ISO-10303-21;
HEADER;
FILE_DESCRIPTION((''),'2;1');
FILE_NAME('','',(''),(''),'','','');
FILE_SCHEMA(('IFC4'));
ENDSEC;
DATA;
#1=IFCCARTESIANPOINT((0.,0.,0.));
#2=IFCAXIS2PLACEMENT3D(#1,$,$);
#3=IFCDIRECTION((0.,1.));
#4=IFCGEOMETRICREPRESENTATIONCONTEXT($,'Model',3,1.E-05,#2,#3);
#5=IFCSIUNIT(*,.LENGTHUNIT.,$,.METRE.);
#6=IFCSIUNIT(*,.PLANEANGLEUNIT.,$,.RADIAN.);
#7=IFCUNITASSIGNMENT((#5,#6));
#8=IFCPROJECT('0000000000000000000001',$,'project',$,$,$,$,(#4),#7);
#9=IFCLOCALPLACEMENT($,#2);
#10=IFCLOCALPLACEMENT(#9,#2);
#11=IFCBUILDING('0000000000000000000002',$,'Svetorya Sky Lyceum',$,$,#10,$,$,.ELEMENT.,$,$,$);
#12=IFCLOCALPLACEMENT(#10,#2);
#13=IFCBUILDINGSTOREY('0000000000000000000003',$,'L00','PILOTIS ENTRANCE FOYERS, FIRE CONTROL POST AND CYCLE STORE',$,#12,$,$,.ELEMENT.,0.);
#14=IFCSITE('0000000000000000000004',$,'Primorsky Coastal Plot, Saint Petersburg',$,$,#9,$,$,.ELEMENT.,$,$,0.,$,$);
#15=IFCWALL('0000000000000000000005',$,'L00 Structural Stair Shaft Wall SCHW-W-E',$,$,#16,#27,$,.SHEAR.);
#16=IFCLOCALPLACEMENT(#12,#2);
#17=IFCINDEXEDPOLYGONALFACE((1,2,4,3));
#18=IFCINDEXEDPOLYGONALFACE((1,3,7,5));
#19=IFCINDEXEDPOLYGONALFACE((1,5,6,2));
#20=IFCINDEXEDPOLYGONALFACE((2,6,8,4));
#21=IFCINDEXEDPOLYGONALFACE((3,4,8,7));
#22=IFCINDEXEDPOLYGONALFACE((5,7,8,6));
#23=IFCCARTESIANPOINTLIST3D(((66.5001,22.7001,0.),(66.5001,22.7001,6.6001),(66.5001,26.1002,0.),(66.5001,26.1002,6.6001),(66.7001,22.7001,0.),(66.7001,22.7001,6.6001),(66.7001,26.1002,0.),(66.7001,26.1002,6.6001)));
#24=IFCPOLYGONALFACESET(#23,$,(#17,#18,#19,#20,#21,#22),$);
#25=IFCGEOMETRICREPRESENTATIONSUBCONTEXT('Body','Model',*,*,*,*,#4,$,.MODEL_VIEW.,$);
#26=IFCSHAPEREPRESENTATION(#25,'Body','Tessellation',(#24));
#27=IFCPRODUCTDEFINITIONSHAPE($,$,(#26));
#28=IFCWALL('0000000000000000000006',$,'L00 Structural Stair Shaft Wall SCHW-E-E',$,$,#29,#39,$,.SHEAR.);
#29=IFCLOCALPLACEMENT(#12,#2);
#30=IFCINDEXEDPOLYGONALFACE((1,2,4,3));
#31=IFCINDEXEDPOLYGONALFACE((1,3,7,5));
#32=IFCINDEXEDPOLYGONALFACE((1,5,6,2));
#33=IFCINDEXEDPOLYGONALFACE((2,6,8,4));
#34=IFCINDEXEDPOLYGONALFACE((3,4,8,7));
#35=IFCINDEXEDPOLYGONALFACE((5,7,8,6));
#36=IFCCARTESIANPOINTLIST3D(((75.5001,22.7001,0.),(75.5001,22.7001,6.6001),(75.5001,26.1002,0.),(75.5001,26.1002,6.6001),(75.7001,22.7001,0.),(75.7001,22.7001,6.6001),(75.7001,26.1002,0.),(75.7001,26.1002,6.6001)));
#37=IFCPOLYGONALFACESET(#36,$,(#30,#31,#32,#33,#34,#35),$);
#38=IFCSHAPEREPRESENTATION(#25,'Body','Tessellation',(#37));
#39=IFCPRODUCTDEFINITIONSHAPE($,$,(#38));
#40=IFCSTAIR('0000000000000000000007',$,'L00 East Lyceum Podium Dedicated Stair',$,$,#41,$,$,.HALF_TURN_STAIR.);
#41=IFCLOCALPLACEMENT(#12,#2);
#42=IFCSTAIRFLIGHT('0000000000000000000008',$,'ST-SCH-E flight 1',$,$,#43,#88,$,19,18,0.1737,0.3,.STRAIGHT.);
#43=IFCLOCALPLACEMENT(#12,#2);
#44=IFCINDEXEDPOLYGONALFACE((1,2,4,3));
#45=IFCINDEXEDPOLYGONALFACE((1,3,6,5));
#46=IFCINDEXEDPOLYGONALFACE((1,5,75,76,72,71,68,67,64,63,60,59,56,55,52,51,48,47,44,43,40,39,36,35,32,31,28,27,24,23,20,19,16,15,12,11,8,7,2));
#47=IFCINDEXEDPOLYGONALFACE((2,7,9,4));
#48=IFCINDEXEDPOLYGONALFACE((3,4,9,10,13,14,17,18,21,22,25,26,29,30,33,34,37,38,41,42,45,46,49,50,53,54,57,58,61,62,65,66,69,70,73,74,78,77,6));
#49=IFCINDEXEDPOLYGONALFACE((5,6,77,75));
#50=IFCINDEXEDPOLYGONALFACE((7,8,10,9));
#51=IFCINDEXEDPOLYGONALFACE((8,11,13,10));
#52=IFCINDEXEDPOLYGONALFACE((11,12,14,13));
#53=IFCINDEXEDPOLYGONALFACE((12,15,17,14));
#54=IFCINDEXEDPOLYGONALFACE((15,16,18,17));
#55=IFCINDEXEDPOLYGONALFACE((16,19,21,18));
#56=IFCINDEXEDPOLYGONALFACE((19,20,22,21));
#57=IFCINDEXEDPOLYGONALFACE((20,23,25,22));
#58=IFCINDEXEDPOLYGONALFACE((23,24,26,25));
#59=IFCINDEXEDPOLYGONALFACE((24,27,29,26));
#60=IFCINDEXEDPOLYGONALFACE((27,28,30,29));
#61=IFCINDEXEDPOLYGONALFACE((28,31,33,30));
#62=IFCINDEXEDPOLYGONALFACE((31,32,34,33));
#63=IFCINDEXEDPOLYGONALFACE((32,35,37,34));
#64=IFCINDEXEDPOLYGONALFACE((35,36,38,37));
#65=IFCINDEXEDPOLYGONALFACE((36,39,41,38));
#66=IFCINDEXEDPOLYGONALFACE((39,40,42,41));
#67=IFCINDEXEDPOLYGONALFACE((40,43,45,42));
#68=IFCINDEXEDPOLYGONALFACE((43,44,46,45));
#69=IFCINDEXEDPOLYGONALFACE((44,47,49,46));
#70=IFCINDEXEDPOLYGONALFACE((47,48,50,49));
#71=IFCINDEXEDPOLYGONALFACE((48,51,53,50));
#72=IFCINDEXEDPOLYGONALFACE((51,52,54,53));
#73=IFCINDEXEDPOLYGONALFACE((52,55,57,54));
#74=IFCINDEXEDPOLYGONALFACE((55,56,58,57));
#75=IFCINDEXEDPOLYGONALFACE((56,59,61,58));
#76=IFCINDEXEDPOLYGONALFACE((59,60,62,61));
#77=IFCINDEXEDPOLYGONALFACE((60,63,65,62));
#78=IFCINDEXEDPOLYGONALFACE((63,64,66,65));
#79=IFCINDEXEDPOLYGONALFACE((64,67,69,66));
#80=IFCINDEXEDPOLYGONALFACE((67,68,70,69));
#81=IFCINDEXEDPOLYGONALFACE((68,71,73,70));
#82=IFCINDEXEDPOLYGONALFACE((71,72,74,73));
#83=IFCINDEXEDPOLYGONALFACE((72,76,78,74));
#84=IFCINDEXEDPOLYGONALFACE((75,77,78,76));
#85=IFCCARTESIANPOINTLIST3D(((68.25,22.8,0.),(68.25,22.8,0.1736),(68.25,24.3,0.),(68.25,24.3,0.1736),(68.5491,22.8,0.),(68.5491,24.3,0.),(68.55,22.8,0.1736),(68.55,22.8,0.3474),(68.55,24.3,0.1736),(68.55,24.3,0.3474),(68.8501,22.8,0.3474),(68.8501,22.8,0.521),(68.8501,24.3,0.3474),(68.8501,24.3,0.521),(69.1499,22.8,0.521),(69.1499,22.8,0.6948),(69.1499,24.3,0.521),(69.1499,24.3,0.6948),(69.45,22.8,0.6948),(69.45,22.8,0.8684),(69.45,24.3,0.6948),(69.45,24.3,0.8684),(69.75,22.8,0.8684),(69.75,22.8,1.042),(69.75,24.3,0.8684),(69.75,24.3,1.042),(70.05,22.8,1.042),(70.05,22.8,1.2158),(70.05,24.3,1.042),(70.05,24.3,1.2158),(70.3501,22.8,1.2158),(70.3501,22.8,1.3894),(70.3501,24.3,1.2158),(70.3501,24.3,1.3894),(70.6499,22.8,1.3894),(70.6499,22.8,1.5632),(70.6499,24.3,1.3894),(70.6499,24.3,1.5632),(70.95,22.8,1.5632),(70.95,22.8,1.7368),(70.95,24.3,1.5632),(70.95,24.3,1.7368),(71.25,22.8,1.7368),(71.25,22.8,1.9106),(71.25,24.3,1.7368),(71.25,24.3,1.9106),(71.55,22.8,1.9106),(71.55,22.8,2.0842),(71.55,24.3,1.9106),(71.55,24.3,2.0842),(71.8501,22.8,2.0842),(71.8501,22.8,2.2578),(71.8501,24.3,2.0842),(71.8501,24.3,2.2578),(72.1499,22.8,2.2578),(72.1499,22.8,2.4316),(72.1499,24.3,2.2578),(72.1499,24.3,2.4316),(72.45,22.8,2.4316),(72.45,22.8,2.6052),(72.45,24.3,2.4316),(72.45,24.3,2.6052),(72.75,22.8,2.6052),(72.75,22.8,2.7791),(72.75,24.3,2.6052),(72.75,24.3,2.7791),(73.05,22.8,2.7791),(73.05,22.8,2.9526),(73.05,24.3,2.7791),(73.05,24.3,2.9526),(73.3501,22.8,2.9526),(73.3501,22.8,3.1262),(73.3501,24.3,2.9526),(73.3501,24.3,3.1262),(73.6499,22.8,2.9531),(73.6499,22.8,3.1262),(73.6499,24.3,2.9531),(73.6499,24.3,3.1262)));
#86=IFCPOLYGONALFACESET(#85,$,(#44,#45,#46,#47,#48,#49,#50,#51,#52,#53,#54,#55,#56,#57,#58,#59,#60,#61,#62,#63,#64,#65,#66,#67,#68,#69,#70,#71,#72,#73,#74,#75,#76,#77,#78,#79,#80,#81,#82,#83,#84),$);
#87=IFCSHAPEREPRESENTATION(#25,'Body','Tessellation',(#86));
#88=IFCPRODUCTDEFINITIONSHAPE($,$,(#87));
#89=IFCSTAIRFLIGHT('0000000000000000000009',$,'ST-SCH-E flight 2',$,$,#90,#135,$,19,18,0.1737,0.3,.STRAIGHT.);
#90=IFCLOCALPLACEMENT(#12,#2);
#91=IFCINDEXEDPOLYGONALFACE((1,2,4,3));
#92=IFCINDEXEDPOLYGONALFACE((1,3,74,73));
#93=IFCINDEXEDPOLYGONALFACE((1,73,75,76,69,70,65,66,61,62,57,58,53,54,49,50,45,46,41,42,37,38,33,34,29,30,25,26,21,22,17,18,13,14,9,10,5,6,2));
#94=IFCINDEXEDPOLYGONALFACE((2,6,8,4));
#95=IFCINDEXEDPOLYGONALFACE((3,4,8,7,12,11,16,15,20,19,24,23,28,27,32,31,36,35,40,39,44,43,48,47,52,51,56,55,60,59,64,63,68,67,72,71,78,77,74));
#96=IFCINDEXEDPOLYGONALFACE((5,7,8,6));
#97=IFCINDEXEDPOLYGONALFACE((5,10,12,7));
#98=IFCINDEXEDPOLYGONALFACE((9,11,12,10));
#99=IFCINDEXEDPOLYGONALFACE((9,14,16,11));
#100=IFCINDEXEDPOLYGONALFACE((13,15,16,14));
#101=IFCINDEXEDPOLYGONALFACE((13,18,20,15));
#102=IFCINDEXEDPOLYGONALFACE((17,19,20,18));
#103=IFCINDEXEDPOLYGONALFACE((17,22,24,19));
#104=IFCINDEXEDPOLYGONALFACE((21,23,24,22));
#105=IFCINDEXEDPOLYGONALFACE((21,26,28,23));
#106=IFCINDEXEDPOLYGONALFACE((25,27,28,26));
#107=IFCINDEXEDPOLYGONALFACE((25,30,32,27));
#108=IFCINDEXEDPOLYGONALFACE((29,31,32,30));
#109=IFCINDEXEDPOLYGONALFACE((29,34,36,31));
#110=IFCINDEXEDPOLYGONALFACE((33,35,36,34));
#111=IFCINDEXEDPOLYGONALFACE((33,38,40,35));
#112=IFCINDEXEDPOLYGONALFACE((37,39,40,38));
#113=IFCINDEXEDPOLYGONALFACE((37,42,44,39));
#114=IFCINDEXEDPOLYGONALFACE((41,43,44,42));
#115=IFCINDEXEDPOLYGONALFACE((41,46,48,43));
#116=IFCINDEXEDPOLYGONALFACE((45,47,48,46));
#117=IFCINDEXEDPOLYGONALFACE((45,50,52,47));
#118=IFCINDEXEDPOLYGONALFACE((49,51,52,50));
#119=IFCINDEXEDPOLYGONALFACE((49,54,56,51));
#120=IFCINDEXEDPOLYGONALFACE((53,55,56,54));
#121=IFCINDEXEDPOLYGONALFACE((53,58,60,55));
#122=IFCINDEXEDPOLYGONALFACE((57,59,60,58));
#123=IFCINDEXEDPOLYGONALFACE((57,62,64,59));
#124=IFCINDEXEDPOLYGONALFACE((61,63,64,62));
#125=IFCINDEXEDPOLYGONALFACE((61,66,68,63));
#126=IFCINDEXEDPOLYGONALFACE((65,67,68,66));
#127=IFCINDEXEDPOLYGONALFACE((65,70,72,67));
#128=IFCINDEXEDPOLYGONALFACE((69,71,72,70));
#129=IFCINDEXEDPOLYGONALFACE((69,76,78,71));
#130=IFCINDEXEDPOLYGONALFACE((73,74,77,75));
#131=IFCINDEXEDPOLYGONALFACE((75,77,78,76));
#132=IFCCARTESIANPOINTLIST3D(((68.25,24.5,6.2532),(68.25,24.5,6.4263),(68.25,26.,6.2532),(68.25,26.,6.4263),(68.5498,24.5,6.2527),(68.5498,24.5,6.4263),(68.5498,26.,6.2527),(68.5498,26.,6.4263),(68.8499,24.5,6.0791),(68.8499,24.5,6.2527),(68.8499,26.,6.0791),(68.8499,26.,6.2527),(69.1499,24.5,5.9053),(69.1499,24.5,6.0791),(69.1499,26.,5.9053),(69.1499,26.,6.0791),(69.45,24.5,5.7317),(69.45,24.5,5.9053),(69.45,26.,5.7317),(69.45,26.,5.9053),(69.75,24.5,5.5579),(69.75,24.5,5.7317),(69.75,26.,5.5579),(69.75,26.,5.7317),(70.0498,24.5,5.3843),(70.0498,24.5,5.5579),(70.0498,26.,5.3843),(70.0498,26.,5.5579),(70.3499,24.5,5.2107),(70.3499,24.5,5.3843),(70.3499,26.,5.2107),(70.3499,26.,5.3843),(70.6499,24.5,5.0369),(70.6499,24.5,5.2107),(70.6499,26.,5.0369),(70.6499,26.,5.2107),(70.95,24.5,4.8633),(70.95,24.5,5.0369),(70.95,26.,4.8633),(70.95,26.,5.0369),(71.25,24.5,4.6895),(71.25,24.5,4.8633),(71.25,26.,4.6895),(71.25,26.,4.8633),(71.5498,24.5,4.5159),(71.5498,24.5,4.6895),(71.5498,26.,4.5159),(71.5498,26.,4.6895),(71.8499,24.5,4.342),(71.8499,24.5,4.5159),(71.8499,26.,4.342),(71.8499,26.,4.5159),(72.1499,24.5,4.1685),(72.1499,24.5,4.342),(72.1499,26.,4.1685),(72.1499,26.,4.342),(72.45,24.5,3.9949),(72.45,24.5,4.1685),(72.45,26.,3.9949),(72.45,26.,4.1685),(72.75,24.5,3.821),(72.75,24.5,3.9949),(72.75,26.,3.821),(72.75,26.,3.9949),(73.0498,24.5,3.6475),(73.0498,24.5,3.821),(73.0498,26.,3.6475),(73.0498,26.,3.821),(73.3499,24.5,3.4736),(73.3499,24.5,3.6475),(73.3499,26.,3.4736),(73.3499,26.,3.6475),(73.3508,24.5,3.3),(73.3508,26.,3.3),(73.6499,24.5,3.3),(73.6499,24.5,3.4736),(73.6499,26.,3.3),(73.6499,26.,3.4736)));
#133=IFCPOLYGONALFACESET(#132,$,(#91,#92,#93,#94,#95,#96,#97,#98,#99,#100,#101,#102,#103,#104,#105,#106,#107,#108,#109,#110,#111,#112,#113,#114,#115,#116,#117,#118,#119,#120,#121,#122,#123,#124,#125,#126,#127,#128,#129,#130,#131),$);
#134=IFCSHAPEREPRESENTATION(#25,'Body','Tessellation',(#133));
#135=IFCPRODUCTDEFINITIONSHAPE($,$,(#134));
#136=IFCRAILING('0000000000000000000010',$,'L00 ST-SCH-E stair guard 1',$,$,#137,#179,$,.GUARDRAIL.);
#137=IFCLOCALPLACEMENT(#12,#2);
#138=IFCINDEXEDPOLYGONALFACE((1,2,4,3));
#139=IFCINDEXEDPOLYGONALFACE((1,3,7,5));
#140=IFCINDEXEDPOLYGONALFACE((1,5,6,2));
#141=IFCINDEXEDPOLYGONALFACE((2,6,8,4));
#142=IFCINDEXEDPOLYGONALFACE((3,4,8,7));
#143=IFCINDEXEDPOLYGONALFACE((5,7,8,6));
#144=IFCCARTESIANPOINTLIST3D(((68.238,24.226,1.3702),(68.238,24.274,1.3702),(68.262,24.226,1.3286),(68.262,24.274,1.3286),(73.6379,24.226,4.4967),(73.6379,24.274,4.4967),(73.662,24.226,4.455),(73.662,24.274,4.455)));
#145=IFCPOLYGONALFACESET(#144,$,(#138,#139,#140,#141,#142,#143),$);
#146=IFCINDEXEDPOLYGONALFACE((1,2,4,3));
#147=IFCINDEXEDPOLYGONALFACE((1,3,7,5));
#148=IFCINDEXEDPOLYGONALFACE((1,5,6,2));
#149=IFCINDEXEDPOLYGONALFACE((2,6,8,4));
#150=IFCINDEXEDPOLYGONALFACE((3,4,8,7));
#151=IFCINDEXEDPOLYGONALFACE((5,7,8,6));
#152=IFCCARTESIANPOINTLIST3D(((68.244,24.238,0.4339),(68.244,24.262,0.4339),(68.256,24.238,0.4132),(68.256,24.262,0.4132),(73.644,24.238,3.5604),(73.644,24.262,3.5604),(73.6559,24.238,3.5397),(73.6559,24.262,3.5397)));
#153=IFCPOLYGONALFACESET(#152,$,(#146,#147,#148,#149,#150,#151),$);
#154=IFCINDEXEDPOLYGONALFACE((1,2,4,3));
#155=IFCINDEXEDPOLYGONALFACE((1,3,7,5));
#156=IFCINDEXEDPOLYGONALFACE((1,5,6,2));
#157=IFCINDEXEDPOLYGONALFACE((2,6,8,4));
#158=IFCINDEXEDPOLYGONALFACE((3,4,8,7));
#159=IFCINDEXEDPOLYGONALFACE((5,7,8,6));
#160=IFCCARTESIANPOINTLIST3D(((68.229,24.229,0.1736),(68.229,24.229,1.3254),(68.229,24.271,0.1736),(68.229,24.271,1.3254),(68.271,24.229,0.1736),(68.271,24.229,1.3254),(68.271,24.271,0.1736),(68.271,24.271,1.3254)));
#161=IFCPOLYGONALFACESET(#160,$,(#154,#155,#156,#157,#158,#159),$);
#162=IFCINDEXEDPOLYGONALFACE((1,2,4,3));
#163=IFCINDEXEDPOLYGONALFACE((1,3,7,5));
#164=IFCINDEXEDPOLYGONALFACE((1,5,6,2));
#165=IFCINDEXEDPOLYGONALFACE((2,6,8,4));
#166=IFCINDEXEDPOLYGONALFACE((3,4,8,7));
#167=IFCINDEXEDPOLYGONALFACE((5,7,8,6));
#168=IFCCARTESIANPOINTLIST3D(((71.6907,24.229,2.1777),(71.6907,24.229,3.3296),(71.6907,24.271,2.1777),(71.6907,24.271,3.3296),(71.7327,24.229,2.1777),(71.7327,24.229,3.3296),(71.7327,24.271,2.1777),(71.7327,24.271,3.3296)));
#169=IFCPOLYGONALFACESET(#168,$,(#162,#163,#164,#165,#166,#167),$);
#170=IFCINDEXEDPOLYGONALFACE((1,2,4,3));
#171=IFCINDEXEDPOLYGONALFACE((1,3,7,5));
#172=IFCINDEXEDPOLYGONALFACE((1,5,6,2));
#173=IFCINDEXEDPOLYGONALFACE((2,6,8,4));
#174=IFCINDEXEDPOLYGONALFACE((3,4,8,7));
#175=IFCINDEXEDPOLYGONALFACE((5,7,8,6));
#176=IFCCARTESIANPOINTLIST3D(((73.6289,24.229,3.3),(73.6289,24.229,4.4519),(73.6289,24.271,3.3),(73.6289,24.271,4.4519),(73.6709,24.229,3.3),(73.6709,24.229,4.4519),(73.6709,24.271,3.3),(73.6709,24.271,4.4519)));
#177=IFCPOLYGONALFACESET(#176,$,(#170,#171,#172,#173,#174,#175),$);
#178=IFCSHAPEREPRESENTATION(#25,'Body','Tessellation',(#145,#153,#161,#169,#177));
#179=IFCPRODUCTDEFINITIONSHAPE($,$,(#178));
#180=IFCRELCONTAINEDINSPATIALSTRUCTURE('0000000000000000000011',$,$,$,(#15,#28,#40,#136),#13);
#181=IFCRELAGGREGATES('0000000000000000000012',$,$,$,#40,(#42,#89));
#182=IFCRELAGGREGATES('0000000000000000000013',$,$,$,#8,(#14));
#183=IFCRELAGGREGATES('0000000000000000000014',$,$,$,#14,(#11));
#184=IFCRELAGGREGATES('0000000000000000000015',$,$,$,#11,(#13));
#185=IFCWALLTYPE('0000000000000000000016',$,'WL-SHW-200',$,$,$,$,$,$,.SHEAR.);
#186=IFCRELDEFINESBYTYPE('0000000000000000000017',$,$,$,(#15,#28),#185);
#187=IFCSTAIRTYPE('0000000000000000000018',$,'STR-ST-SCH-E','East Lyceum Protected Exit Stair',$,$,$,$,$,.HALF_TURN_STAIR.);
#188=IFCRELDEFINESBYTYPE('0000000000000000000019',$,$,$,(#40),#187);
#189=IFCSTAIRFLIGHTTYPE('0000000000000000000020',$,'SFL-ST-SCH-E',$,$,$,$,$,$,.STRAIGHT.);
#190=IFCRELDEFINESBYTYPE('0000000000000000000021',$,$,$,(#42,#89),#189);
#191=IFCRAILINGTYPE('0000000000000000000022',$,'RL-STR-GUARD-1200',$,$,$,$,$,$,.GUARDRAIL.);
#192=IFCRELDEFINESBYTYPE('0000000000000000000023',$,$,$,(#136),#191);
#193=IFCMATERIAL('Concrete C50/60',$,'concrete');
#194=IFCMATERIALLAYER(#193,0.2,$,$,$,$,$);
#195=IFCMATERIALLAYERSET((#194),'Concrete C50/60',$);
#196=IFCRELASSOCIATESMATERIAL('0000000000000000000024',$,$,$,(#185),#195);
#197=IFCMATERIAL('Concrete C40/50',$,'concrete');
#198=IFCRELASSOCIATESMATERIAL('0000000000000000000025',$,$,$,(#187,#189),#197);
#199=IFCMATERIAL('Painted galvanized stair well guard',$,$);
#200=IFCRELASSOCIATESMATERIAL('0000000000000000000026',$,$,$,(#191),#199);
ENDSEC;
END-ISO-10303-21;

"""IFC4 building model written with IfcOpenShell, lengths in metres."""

from ifc_helpers import new_model, si_unit, direction, frame, frame_2d, origin, origin_2d, place, context, subcontext, project, spatial, polyline, rectangle, outline, extrude, material, layer, layer_set, type_object, element, aggregate, save


model = new_model("IFC4")

# Units and contexts
model_context = context("Model", 3, precision=1e-05, world=origin(), true_north=direction((0.0, 1.0)))
body_context = subcontext(model_context, "Body", "Model", "MODEL_VIEW")
ifc_project = project(units=[si_unit("LENGTHUNIT", "METRE"), si_unit("PLANEANGLEUNIT", "RADIAN")], contexts=[model_context])

# Site, building, storey
site_placement = place(None, origin())
site = spatial("IfcSite", under=ifc_project, at=site_placement, Name="Primorsky Coastal Plot, Saint Petersburg", CompositionType="ELEMENT", RefElevation=0.0)
building_placement = place(site_placement, origin())
building = spatial("IfcBuilding", under=site, at=building_placement, Name="Svetorya Sky Lyceum", CompositionType="ELEMENT")
storey_placement = place(building_placement, origin())
storey = spatial("IfcBuildingStorey", under=building, at=storey_placement, Name="L00", Description="PILOTIS ENTRANCE FOYERS, FIRE CONTROL POST AND CYCLE STORE", CompositionType="ELEMENT", Elevation=0.0)

# Shared definitions
ifc_material_1 = material(Name="Concrete C50/60", Category="concrete")

# Walls
ifc_layer_1 = layer(ifc_material_1, 0.2)
ifc_layer_set_1 = layer_set([ifc_layer_1], Name="Concrete C50/60")
wall_type = type_object("IfcWallType", Name="WL-SHW-200", PredefinedType="SHEAR", material=ifc_layer_set_1)
for number, where, z_axis, x_axis, name in (
    (1, (66.6001, 22.7, 0.0), (0.0, 0.0, 1.0), (0.0, 1.0, 0.0), "L00 Structural Stair Shaft Wall SCHW-W-E"),
    (2, (75.6001, 22.7, 0.0), (0.0, 0.0, 1.0), (0.0, 1.0, 0.0), "L00 Structural Stair Shaft Wall SCHW-E-E"),
):
    element("IfcWall", number, at=place(storey_placement, frame(where, z_axis=z_axis, x_axis=x_axis)), inside=storey, type_object=wall_type, Name=name, PredefinedType="SHEAR", context=body_context, shape_type="SweptSolid", body=[
        extrude(rectangle(XDim=3.4001, YDim=0.2, at=frame_2d((1.7002, 0.0))), origin(), (0.0, 0.0, 1.0), 6.6001),
    ])

# Stair, stair flights
ifc_material_2 = material(Name="Concrete C40/50", Category="concrete")
stair_type = type_object("IfcStairType", Name="STR-ST-SCH-E", Description="East Lyceum Protected Exit Stair", PredefinedType="HALF_TURN_STAIR", material=ifc_material_2)
stair_placement = place(storey_placement, origin())
stair = element("IfcStair", 3, at=stair_placement, inside=storey, type_object=stair_type, Name="L00 East Lyceum Podium Dedicated Stair", PredefinedType="HALF_TURN_STAIR")
stair_flight_type = type_object("IfcStairFlightType", Name="SFL-ST-SCH-E", PredefinedType="STRAIGHT", material=ifc_material_2)
stair_flight_1_placement = place(storey_placement, frame((68.25, 23.55, 0.0), z_axis=(0.0, 0.0, 1.0), x_axis=(1.0, 0.0, 0.0)))
stair_flight_1 = element("IfcStairFlight", 4, at=stair_flight_1_placement, type_object=stair_flight_type, Name="ST-SCH-E flight 1", NumberOfRisers=19, NumberOfTreads=18, PredefinedType="STRAIGHT", RiserHeight=0.1737, TreadLength=0.3, context=body_context, shape_type="SweptSolid", body=[
    extrude(outline(polyline([(0.0, 0.0), (0.0, 0.1736), (0.3, 0.1736), (0.3, 0.3474), (0.6001, 0.3474), (0.6001, 0.521), (0.8999, 0.521), (0.8999, 0.6948), (1.2, 0.6948), (1.2, 0.8684), (1.5, 0.8684), (1.5, 1.042), (1.8, 1.042), (1.8, 1.2158), (2.1001, 1.2158), (2.1001, 1.3894), (2.3999, 1.3894), (2.3999, 1.5632), (2.7, 1.5632), (2.7, 1.7368), (3.0, 1.7368), (3.0, 1.9106), (3.3, 1.9106), (3.3, 2.0842), (3.6001, 2.0842), (3.6001, 2.2578), (3.8999, 2.2578), (3.8999, 2.4316), (4.2, 2.4316), (4.2, 2.6052), (4.5, 2.6052), (4.5, 2.7791), (4.8, 2.7791), (4.8, 2.9526), (5.1001, 2.9526), (5.1001, 3.1262), (5.3999, 3.1262), (5.3999, 3.3), (5.3999, 2.9531), (0.2991, 0.0), (0.0, 0.0)])), frame((0.0, 0.75, 0.0), z_axis=(0.0, -1.0, 0.0), x_axis=(1.0, 0.0, 0.0)), (0.0, 0.0, 1.0), 1.5),
])
stair_flight_2_placement = place(storey_placement, frame((73.6499, 25.25, 3.3), z_axis=(0.0, 0.0, 1.0), x_axis=(-1.0, 0.0, 0.0)))
stair_flight_2 = element("IfcStairFlight", 5, at=stair_flight_2_placement, type_object=stair_flight_type, Name="ST-SCH-E flight 2", NumberOfRisers=19, NumberOfTreads=18, PredefinedType="STRAIGHT", RiserHeight=0.1737, TreadLength=0.3, context=body_context, shape_type="SweptSolid", body=[
    extrude(outline(polyline([(0.0, 0.0), (0.0, 0.1736), (0.3, 0.1736), (0.3, 0.3474), (0.6001, 0.3474), (0.6001, 0.521), (0.8999, 0.521), (0.8999, 0.6948), (1.2, 0.6948), (1.2, 0.8684), (1.5, 0.8684), (1.5, 1.042), (1.8, 1.042), (1.8, 1.2158), (2.1001, 1.2158), (2.1001, 1.3894), (2.3999, 1.3894), (2.3999, 1.5632), (2.7, 1.5632), (2.7, 1.7368), (3.0, 1.7368), (3.0, 1.9106), (3.3, 1.9106), (3.3, 2.0842), (3.6001, 2.0842), (3.6001, 2.2578), (3.8999, 2.2578), (3.8999, 2.4316), (4.2, 2.4316), (4.2, 2.6052), (4.5, 2.6052), (4.5, 2.7791), (4.8, 2.7791), (4.8, 2.9526), (5.1001, 2.9526), (5.1001, 3.1262), (5.3999, 3.1262), (5.3999, 3.3), (5.3999, 2.9531), (0.2991, 0.0), (0.0, 0.0)])), frame((0.0, 0.75, 0.0), z_axis=(0.0, -1.0, 0.0), x_axis=(1.0, 0.0, 0.0)), (0.0, 0.0, 1.0), 1.5),
])
aggregate(stair, [stair_flight_1, stair_flight_2])

# Railing
ifc_material_3 = material(Name="Painted galvanized stair well guard")
railing_type_1 = type_object("IfcRailingType", Name="RL-STR-GUARD-1200", PredefinedType="GUARDRAIL", material=ifc_material_3)
railing_1_placement = place(storey_placement, frame((68.25, 24.25, 0.1736)))
element("IfcRailing", 6, at=railing_1_placement, inside=storey, type_object=railing_type_1, Name="L00 ST-SCH-E stair guard 1", PredefinedType="GUARDRAIL", context=body_context, shape_type="SweptSolid", body=[
    extrude(rectangle(XDim=0.0481, YDim=0.0481, at=origin_2d()), frame((0.0, 0.0, 1.1758), z_axis=(0.865412, 0.0, 0.501061), x_axis=(0.0, 1.0, 0.0)), (0.0, 0.0, 1.0), 6.2397),
    extrude(rectangle(XDim=0.0239, YDim=0.0239, at=origin_2d()), frame((0.0, 0.0, 0.25), z_axis=(0.865412, 0.0, 0.501061), x_axis=(0.0, 1.0, 0.0)), (0.0, 0.0, 1.0), 6.2397),
    extrude(rectangle(XDim=0.042, YDim=0.042, at=origin_2d()), origin(), (0.0, 0.0, 1.0), 1.1519),
    extrude(rectangle(XDim=0.042, YDim=0.042, at=origin_2d()), frame((3.4617, 0.0, 2.0042)), (0.0, 0.0, 1.0), 1.1519),
    extrude(rectangle(XDim=0.042, YDim=0.042, at=origin_2d()), frame((5.3999, 0.0, 3.1265)), (0.0, 0.0, 1.0), 1.1519),
])

save(model, "model.ifc")
